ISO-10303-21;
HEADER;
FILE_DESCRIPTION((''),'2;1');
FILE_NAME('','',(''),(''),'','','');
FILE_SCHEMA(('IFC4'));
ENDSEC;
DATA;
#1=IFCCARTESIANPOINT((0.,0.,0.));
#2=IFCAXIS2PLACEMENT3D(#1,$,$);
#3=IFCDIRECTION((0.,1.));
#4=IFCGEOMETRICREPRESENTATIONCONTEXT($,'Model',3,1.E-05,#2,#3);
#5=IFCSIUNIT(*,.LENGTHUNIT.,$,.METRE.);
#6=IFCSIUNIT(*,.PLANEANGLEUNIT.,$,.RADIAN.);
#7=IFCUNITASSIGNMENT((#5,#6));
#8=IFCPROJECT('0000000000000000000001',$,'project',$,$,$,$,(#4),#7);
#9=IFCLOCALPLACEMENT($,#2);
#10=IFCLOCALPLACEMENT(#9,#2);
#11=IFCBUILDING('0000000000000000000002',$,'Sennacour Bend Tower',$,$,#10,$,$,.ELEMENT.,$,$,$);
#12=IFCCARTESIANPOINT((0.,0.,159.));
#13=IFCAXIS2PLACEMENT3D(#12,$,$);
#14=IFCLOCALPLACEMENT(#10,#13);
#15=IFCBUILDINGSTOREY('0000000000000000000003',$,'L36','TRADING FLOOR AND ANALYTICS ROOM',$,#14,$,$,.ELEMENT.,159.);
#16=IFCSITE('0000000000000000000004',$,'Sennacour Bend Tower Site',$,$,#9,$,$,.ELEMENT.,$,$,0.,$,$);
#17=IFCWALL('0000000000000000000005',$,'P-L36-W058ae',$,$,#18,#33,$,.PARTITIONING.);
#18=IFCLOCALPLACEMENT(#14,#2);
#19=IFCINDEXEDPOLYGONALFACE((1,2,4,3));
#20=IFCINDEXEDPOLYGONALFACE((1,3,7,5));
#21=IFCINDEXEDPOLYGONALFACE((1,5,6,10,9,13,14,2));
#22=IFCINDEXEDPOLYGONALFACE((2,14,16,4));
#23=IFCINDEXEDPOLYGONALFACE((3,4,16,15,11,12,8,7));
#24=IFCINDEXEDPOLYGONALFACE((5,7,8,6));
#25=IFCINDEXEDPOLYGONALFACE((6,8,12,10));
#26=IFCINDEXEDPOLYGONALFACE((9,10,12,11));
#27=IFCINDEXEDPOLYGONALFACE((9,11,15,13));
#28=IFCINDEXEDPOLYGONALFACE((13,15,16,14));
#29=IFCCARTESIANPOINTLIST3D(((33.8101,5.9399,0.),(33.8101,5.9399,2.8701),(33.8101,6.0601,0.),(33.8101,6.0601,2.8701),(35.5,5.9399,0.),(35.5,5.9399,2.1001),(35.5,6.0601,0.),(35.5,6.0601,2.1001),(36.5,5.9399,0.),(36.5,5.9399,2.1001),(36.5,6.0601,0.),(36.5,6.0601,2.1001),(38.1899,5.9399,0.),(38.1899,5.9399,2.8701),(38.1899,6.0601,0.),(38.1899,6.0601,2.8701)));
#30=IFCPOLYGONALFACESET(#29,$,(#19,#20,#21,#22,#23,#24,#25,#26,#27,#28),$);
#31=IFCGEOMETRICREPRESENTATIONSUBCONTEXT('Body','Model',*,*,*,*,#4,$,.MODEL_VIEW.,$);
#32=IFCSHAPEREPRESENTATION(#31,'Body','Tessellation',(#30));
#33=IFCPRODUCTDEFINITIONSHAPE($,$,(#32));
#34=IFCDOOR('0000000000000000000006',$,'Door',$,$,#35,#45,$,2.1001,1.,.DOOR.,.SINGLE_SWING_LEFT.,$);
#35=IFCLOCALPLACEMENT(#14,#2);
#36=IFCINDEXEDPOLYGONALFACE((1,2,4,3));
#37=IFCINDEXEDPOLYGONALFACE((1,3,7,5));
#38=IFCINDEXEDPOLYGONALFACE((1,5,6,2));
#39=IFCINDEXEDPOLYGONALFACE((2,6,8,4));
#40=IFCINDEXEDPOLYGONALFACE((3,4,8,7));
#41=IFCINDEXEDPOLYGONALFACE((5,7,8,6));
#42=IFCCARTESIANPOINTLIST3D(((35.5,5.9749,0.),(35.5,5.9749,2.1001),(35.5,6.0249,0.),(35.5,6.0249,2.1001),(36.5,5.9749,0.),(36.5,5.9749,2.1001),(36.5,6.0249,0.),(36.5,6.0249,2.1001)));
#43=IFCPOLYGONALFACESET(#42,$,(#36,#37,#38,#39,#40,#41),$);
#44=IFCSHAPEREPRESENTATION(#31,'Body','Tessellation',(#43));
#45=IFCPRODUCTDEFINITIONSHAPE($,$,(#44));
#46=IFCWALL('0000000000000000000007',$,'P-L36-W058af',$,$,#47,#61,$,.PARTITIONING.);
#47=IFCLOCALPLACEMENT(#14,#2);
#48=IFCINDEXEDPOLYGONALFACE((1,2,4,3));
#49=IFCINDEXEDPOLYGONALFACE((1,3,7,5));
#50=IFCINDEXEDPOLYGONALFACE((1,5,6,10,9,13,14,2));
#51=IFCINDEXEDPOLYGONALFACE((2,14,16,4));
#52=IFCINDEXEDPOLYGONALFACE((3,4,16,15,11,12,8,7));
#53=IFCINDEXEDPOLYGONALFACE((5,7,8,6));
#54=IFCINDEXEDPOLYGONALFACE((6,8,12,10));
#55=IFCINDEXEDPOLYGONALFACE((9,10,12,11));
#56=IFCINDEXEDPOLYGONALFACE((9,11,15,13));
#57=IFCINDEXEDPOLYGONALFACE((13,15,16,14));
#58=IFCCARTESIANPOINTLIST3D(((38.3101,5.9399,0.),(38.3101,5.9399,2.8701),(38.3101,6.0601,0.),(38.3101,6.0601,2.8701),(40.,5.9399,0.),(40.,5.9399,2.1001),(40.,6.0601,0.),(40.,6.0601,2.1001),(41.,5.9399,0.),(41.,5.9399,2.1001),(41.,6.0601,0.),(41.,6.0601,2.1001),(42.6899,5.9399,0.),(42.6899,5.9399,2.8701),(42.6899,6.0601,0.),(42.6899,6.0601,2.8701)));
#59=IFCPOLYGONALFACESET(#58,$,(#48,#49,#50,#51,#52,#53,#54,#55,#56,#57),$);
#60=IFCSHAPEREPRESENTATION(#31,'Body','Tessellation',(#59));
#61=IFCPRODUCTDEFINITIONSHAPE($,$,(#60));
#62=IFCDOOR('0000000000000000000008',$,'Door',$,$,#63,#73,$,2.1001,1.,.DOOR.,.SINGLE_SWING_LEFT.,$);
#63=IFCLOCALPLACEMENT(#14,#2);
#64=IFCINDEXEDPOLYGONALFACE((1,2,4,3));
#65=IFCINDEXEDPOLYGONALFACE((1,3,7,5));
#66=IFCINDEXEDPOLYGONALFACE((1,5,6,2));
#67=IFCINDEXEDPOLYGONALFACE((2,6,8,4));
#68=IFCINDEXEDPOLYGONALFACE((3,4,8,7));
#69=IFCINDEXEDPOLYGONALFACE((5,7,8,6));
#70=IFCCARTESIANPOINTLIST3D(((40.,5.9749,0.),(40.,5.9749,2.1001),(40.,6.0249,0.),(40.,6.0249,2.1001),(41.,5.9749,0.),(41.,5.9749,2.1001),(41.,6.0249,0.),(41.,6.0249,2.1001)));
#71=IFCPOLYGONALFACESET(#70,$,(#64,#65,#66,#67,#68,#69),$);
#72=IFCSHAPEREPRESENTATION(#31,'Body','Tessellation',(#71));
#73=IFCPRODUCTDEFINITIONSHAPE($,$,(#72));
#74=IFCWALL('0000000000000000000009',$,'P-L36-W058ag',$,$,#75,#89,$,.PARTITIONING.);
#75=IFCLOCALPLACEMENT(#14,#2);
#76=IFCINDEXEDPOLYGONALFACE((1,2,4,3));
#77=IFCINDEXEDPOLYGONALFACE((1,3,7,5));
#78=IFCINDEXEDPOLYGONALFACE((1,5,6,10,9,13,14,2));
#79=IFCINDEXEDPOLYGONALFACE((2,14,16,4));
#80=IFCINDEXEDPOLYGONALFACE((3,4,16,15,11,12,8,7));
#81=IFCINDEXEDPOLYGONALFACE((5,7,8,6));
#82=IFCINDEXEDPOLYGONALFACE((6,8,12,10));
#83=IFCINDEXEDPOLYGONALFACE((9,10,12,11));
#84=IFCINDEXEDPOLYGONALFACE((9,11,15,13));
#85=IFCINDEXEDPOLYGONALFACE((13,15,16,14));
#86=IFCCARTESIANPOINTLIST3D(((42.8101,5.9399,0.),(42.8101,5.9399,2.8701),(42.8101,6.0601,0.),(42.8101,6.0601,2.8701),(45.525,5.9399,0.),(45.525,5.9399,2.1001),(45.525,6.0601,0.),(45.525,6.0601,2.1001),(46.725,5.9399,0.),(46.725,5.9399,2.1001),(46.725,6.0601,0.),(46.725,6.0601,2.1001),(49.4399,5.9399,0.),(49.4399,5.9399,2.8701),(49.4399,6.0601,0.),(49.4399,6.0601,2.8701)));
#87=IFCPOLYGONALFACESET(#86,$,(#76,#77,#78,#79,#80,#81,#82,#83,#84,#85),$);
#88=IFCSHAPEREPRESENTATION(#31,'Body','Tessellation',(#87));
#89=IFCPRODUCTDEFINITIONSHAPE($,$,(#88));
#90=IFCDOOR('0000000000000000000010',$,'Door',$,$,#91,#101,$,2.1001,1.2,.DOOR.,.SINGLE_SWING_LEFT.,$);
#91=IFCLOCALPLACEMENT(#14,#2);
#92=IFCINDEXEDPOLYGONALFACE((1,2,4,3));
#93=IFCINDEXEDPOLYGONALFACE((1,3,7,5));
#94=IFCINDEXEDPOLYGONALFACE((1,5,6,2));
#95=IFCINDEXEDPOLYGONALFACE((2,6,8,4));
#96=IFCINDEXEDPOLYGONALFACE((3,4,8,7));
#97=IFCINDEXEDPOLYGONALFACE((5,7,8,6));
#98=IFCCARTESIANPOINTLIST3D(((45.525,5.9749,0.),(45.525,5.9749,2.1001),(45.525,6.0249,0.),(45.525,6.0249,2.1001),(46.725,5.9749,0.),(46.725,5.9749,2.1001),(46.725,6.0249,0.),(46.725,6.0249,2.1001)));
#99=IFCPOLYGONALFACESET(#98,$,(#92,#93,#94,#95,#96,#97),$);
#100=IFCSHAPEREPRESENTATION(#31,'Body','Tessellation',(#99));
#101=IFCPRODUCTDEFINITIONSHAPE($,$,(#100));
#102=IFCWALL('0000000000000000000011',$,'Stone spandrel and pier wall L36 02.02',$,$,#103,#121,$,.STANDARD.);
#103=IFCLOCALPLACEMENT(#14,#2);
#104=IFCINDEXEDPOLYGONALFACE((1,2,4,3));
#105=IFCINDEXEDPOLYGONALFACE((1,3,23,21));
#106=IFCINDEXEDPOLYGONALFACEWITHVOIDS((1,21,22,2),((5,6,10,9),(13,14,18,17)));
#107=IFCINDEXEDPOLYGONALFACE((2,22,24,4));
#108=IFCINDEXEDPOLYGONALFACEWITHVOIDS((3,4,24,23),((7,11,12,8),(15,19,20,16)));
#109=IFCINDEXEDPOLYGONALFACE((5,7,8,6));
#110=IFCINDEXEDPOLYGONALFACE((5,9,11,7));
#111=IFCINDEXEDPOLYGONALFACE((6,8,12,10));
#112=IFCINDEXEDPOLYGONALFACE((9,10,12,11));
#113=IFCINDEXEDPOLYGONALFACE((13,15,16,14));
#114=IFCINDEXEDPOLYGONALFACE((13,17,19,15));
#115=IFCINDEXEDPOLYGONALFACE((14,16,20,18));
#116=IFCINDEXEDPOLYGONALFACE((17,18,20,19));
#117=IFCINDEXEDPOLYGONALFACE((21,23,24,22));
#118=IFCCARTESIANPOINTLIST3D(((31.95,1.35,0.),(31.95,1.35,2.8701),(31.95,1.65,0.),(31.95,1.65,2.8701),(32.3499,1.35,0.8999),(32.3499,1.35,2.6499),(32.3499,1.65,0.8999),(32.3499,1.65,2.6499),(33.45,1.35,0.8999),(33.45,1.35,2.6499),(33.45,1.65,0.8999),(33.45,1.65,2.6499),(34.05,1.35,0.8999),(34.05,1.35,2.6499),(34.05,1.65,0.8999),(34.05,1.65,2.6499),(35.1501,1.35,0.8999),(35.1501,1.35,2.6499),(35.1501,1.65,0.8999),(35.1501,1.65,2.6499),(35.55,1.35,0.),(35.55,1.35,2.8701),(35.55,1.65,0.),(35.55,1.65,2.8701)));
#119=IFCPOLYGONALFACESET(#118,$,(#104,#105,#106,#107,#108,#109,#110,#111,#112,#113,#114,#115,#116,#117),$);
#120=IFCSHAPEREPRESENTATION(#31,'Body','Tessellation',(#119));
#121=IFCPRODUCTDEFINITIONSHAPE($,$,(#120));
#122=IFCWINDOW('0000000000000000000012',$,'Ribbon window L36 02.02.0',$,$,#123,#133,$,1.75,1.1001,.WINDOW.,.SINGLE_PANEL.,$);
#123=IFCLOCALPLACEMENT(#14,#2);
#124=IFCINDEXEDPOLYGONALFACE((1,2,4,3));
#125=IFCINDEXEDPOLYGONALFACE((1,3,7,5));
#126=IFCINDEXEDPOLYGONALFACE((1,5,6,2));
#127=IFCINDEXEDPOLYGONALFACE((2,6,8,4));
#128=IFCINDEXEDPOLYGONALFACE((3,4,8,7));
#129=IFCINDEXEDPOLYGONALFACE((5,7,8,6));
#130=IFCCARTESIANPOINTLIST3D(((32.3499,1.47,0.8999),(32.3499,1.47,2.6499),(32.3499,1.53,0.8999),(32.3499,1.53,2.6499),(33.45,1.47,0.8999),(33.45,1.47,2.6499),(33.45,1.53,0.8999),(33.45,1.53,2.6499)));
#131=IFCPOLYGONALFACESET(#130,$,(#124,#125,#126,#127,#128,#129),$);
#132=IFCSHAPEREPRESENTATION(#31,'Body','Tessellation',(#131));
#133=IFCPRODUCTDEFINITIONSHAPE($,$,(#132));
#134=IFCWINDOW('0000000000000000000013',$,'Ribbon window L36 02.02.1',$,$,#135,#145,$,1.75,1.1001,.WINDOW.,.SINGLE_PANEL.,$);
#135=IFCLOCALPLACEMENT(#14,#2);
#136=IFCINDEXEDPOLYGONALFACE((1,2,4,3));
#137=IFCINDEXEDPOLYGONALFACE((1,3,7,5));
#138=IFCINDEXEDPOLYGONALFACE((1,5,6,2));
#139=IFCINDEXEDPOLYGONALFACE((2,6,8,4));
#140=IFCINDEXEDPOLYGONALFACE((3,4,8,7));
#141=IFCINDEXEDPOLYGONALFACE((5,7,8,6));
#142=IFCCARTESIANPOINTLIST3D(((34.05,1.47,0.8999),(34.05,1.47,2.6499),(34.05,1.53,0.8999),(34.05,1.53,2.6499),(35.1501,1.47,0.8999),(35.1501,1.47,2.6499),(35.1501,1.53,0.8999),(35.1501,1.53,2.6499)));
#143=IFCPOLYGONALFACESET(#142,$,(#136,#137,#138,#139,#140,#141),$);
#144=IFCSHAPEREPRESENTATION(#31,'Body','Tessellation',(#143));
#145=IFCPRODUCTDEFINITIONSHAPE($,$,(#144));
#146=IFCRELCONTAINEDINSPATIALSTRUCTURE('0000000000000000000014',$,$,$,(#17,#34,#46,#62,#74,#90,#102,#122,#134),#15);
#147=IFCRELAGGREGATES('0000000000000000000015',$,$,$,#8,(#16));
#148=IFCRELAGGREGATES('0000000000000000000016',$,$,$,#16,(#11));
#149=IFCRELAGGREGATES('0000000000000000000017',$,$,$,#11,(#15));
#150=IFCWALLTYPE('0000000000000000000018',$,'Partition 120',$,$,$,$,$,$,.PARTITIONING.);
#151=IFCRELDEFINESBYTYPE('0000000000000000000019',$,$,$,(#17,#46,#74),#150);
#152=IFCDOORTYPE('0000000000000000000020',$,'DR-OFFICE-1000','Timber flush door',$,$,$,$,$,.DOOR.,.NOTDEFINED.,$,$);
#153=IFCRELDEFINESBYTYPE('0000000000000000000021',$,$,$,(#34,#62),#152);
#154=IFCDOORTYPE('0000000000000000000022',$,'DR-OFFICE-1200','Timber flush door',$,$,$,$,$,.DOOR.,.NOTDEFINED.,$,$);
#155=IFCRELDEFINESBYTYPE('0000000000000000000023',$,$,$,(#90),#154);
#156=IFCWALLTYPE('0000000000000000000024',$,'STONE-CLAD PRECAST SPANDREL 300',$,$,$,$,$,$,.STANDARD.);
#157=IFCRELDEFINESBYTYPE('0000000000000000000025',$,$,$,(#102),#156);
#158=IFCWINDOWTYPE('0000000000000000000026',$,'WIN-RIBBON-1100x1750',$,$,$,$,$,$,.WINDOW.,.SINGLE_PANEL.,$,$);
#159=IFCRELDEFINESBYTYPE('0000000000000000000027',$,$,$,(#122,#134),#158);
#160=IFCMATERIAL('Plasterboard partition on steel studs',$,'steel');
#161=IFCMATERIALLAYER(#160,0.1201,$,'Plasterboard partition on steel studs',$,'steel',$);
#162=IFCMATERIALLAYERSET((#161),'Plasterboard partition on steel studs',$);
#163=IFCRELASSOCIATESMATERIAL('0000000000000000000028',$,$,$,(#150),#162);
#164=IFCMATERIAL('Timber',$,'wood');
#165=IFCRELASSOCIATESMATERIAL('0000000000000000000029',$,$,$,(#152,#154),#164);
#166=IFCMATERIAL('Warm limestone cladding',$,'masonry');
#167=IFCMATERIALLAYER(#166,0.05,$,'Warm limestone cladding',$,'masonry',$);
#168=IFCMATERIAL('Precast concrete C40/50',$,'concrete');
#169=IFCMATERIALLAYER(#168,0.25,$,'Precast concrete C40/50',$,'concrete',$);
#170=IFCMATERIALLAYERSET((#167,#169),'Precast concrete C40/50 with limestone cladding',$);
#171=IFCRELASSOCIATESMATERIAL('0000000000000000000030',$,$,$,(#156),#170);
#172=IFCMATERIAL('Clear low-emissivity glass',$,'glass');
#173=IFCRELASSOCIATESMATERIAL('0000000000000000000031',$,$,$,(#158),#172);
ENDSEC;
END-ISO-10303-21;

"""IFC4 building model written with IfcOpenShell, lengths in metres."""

from ifc_helpers import new_model, si_unit, direction, frame, frame_2d, origin, place, context, subcontext, project, spatial, rectangle, extrude, material, layer, layer_set, type_object, element, fill, save


model = new_model("IFC4")

# Units and contexts
model_context = context("Model", 3, precision=1e-05, world=origin(), true_north=direction((0.0, 1.0)))
body_context = subcontext(model_context, "Body", "Model", "MODEL_VIEW")
ifc_project = project(units=[si_unit("LENGTHUNIT", "METRE"), si_unit("PLANEANGLEUNIT", "RADIAN")], contexts=[model_context])

# Site, building, storey
site_placement = place(None, origin())
site = spatial("IfcSite", under=ifc_project, at=site_placement, Name="Sennacour Bend Tower Site", CompositionType="ELEMENT", RefElevation=0.0)
building_placement = place(site_placement, origin())
building = spatial("IfcBuilding", under=site, at=building_placement, Name="Sennacour Bend Tower", CompositionType="ELEMENT")
storey_placement = place(building_placement, frame((0.0, 0.0, 159.0)))
storey = spatial("IfcBuildingStorey", under=building, at=storey_placement, Name="L36", Description="TRADING FLOOR AND ANALYTICS ROOM", CompositionType="ELEMENT", Elevation=159.0)

# Shared definitions
ifc_material_1 = material(Name="Plasterboard partition on steel studs", Category="steel")
ifc_layer_1 = layer(ifc_material_1, 0.1201, Name="Plasterboard partition on steel studs", Category="steel")
ifc_layer_set_1 = layer_set([ifc_layer_1], Name="Plasterboard partition on steel studs")
wall_type_1 = type_object("IfcWallType", Name="Partition 120", PredefinedType="PARTITIONING", material=ifc_layer_set_1)

# Walls, openings, doors
wall_1_placement = place(storey_placement, frame((33.8101, 6.0, 0.0), z_axis=(0.0, 0.0, 1.0), x_axis=(1.0, 0.0, 0.0)))
wall_1 = element("IfcWall", 1, at=wall_1_placement, inside=storey, type_object=wall_type_1, Name="P-L36-W058ae", PredefinedType="PARTITIONING", context=body_context, shape_type="SweptSolid", body=[
    extrude(rectangle(XDim=4.3799, YDim=0.1201, at=frame_2d((2.1899, 0.0))), origin(), (0.0, 0.0, 1.0), 2.8701),
])
opening_1_placement = place(wall_1_placement, frame((1.6899, 0.0, 0.0)))
opening_1 = element("IfcOpeningElement", 2, at=opening_1_placement, cuts=wall_1, PredefinedType="OPENING", context=body_context, shape_type="SweptSolid", body=[
    extrude(rectangle(XDim=1.0, YDim=2.1001, at=frame_2d((0.5, 1.05))), frame((0.0, 0.0701, 0.0), z_axis=(0.0, -1.0, 0.0), x_axis=(1.0, 0.0, 0.0)), (0.0, 0.0, 1.0), 0.1401),
])
ifc_material_2 = material(Name="Timber", Category="wood")
door_type_1 = type_object("IfcDoorType", Name="DR-OFFICE-1000", Description="Timber flush door", OperationType="NOTDEFINED", PredefinedType="DOOR", material=ifc_material_2)
door_1_placement = place(opening_1_placement, origin())
door_1 = element("IfcDoor", 3, at=door_1_placement, inside=storey, type_object=door_type_1, Name="Door", OperationType="SINGLE_SWING_LEFT", OverallHeight=2.1001, OverallWidth=1.0, PredefinedType="DOOR", context=body_context, shape_type="SweptSolid", body=[
    extrude(rectangle(XDim=1.0, YDim=2.1001, at=frame_2d((0.5, 1.05))), frame((0.0, 0.0249, 0.0), z_axis=(0.0, -1.0, 0.0), x_axis=(1.0, 0.0, 0.0)), (0.0, 0.0, 1.0), 0.05),
])
fill(opening_1, door_1)
wall_2_placement = place(storey_placement, frame((38.3101, 6.0, 0.0), z_axis=(0.0, 0.0, 1.0), x_axis=(1.0, 0.0, 0.0)))
wall_2 = element("IfcWall", 4, at=wall_2_placement, inside=storey, type_object=wall_type_1, Name="P-L36-W058af", PredefinedType="PARTITIONING", context=body_context, shape_type="SweptSolid", body=[
    extrude(rectangle(XDim=4.3799, YDim=0.1201, at=frame_2d((2.1899, 0.0))), origin(), (0.0, 0.0, 1.0), 2.8701),
])
opening_2_placement = place(wall_2_placement, frame((1.6899, 0.0, 0.0)))
opening_2 = element("IfcOpeningElement", 5, at=opening_2_placement, cuts=wall_2, PredefinedType="OPENING", context=body_context, shape_type="SweptSolid", body=[
    extrude(rectangle(XDim=1.0, YDim=2.1001, at=frame_2d((0.5, 1.05))), frame((0.0, 0.0701, 0.0), z_axis=(0.0, -1.0, 0.0), x_axis=(1.0, 0.0, 0.0)), (0.0, 0.0, 1.0), 0.1401),
])
door_2_placement = place(opening_2_placement, origin())
door_2 = element("IfcDoor", 6, at=door_2_placement, inside=storey, type_object=door_type_1, Name="Door", OperationType="SINGLE_SWING_LEFT", OverallHeight=2.1001, OverallWidth=1.0, PredefinedType="DOOR", context=body_context, shape_type="SweptSolid", body=[
    extrude(rectangle(XDim=1.0, YDim=2.1001, at=frame_2d((0.5, 1.05))), frame((0.0, 0.0249, 0.0), z_axis=(0.0, -1.0, 0.0), x_axis=(1.0, 0.0, 0.0)), (0.0, 0.0, 1.0), 0.05),
])
fill(opening_2, door_2)
wall_3_placement = place(storey_placement, frame((42.8101, 6.0, 0.0), z_axis=(0.0, 0.0, 1.0), x_axis=(1.0, 0.0, 0.0)))
wall_3 = element("IfcWall", 7, at=wall_3_placement, inside=storey, type_object=wall_type_1, Name="P-L36-W058ag", PredefinedType="PARTITIONING", context=body_context, shape_type="SweptSolid", body=[
    extrude(rectangle(XDim=6.6299, YDim=0.1201, at=frame_2d((3.3149, 0.0))), origin(), (0.0, 0.0, 1.0), 2.8701),
])
opening_3_placement = place(wall_3_placement, frame((2.7148, 0.0, 0.0)))
opening_3 = element("IfcOpeningElement", 8, at=opening_3_placement, cuts=wall_3, PredefinedType="OPENING", context=body_context, shape_type="SweptSolid", body=[
    extrude(rectangle(XDim=1.2, YDim=2.1001, at=frame_2d((0.6001, 1.05))), frame((0.0, 0.0701, 0.0), z_axis=(0.0, -1.0, 0.0), x_axis=(1.0, 0.0, 0.0)), (0.0, 0.0, 1.0), 0.1401),
])
door_type_2 = type_object("IfcDoorType", Name="DR-OFFICE-1200", Description="Timber flush door", OperationType="NOTDEFINED", PredefinedType="DOOR", material=ifc_material_2)
door_3_placement = place(opening_3_placement, origin())
door_3 = element("IfcDoor", 9, at=door_3_placement, inside=storey, type_object=door_type_2, Name="Door", OperationType="SINGLE_SWING_LEFT", OverallHeight=2.1001, OverallWidth=1.2, PredefinedType="DOOR", context=body_context, shape_type="SweptSolid", body=[
    extrude(rectangle(XDim=1.2, YDim=2.1001, at=frame_2d((0.6001, 1.05))), frame((0.0, 0.0249, 0.0), z_axis=(0.0, -1.0, 0.0), x_axis=(1.0, 0.0, 0.0)), (0.0, 0.0, 1.0), 0.05),
])
fill(opening_3, door_3)

# Wall, openings, windows
ifc_material_3 = material(Name="Warm limestone cladding", Category="masonry")
ifc_layer_2 = layer(ifc_material_3, 0.05, Name="Warm limestone cladding", Category="masonry")
ifc_material_4 = material(Name="Precast concrete C40/50", Category="concrete")
ifc_layer_3 = layer(ifc_material_4, 0.25, Name="Precast concrete C40/50", Category="concrete")
ifc_layer_set_2 = layer_set([ifc_layer_2, ifc_layer_3], Name="Precast concrete C40/50 with limestone cladding")
wall_type_2 = type_object("IfcWallType", Name="STONE-CLAD PRECAST SPANDREL 300", PredefinedType="STANDARD", material=ifc_layer_set_2)
wall_4_placement = place(storey_placement, frame((31.95, 1.5, 0.0), z_axis=(0.0, 0.0, 1.0), x_axis=(1.0, 0.0, 0.0)))
wall_4 = element("IfcWall", 10, at=wall_4_placement, inside=storey, type_object=wall_type_2, Name="Stone spandrel and pier wall L36 02.02", PredefinedType="STANDARD", context=body_context, shape_type="SweptSolid", body=[
    extrude(rectangle(XDim=3.6001, YDim=0.3, at=frame_2d((1.8, 0.0))), origin(), (0.0, 0.0, 1.0), 2.8701),
])
opening_4_placement = place(wall_4_placement, frame((0.3999, 0.0, 0.8999)))
opening_4 = element("IfcOpeningElement", 11, at=opening_4_placement, cuts=wall_4, PredefinedType="OPENING", context=body_context, shape_type="SweptSolid", body=[
    extrude(rectangle(XDim=1.1001, YDim=1.75, at=frame_2d((0.55, 0.875))), frame((0.0, 0.1602, 0.0), z_axis=(0.0, -1.0, 0.0), x_axis=(1.0, 0.0, 0.0)), (0.0, 0.0, 1.0), 0.3201),
])
opening_5_placement = place(wall_4_placement, frame((2.1001, 0.0, 0.8999)))
opening_5 = element("IfcOpeningElement", 12, at=opening_5_placement, cuts=wall_4, PredefinedType="OPENING", context=body_context, shape_type="SweptSolid", body=[
    extrude(rectangle(XDim=1.1001, YDim=1.75, at=frame_2d((0.55, 0.875))), frame((0.0, 0.1602, 0.0), z_axis=(0.0, -1.0, 0.0), x_axis=(1.0, 0.0, 0.0)), (0.0, 0.0, 1.0), 0.3201),
])
ifc_material_5 = material(Name="Clear low-emissivity glass", Category="glass")
window_type = type_object("IfcWindowType", Name="WIN-RIBBON-1100x1750", PartitioningType="SINGLE_PANEL", PredefinedType="WINDOW", material=ifc_material_5)
window_1_placement = place(opening_4_placement, origin())
window_1 = element("IfcWindow", 13, at=window_1_placement, inside=storey, type_object=window_type, Name="Ribbon window L36 02.02.0", OverallHeight=1.75, OverallWidth=1.1001, PartitioningType="SINGLE_PANEL", PredefinedType="WINDOW", context=body_context, shape_type="SweptSolid", body=[
    extrude(rectangle(XDim=1.1001, YDim=1.75, at=frame_2d((0.55, 0.875))), frame((0.0, 0.03, 0.0), z_axis=(0.0, -1.0, 0.0), x_axis=(1.0, 0.0, 0.0)), (0.0, 0.0, 1.0), 0.0601),
])
fill(opening_4, window_1)
window_2_placement = place(opening_5_placement, origin())
window_2 = element("IfcWindow", 14, at=window_2_placement, inside=storey, type_object=window_type, Name="Ribbon window L36 02.02.1", OverallHeight=1.75, OverallWidth=1.1001, PartitioningType="SINGLE_PANEL", PredefinedType="WINDOW", context=body_context, shape_type="SweptSolid", body=[
    extrude(rectangle(XDim=1.1001, YDim=1.75, at=frame_2d((0.55, 0.875))), frame((0.0, 0.03, 0.0), z_axis=(0.0, -1.0, 0.0), x_axis=(1.0, 0.0, 0.0)), (0.0, 0.0, 1.0), 0.0601),
])
fill(opening_5, window_2)

save(model, "model.ifc")
